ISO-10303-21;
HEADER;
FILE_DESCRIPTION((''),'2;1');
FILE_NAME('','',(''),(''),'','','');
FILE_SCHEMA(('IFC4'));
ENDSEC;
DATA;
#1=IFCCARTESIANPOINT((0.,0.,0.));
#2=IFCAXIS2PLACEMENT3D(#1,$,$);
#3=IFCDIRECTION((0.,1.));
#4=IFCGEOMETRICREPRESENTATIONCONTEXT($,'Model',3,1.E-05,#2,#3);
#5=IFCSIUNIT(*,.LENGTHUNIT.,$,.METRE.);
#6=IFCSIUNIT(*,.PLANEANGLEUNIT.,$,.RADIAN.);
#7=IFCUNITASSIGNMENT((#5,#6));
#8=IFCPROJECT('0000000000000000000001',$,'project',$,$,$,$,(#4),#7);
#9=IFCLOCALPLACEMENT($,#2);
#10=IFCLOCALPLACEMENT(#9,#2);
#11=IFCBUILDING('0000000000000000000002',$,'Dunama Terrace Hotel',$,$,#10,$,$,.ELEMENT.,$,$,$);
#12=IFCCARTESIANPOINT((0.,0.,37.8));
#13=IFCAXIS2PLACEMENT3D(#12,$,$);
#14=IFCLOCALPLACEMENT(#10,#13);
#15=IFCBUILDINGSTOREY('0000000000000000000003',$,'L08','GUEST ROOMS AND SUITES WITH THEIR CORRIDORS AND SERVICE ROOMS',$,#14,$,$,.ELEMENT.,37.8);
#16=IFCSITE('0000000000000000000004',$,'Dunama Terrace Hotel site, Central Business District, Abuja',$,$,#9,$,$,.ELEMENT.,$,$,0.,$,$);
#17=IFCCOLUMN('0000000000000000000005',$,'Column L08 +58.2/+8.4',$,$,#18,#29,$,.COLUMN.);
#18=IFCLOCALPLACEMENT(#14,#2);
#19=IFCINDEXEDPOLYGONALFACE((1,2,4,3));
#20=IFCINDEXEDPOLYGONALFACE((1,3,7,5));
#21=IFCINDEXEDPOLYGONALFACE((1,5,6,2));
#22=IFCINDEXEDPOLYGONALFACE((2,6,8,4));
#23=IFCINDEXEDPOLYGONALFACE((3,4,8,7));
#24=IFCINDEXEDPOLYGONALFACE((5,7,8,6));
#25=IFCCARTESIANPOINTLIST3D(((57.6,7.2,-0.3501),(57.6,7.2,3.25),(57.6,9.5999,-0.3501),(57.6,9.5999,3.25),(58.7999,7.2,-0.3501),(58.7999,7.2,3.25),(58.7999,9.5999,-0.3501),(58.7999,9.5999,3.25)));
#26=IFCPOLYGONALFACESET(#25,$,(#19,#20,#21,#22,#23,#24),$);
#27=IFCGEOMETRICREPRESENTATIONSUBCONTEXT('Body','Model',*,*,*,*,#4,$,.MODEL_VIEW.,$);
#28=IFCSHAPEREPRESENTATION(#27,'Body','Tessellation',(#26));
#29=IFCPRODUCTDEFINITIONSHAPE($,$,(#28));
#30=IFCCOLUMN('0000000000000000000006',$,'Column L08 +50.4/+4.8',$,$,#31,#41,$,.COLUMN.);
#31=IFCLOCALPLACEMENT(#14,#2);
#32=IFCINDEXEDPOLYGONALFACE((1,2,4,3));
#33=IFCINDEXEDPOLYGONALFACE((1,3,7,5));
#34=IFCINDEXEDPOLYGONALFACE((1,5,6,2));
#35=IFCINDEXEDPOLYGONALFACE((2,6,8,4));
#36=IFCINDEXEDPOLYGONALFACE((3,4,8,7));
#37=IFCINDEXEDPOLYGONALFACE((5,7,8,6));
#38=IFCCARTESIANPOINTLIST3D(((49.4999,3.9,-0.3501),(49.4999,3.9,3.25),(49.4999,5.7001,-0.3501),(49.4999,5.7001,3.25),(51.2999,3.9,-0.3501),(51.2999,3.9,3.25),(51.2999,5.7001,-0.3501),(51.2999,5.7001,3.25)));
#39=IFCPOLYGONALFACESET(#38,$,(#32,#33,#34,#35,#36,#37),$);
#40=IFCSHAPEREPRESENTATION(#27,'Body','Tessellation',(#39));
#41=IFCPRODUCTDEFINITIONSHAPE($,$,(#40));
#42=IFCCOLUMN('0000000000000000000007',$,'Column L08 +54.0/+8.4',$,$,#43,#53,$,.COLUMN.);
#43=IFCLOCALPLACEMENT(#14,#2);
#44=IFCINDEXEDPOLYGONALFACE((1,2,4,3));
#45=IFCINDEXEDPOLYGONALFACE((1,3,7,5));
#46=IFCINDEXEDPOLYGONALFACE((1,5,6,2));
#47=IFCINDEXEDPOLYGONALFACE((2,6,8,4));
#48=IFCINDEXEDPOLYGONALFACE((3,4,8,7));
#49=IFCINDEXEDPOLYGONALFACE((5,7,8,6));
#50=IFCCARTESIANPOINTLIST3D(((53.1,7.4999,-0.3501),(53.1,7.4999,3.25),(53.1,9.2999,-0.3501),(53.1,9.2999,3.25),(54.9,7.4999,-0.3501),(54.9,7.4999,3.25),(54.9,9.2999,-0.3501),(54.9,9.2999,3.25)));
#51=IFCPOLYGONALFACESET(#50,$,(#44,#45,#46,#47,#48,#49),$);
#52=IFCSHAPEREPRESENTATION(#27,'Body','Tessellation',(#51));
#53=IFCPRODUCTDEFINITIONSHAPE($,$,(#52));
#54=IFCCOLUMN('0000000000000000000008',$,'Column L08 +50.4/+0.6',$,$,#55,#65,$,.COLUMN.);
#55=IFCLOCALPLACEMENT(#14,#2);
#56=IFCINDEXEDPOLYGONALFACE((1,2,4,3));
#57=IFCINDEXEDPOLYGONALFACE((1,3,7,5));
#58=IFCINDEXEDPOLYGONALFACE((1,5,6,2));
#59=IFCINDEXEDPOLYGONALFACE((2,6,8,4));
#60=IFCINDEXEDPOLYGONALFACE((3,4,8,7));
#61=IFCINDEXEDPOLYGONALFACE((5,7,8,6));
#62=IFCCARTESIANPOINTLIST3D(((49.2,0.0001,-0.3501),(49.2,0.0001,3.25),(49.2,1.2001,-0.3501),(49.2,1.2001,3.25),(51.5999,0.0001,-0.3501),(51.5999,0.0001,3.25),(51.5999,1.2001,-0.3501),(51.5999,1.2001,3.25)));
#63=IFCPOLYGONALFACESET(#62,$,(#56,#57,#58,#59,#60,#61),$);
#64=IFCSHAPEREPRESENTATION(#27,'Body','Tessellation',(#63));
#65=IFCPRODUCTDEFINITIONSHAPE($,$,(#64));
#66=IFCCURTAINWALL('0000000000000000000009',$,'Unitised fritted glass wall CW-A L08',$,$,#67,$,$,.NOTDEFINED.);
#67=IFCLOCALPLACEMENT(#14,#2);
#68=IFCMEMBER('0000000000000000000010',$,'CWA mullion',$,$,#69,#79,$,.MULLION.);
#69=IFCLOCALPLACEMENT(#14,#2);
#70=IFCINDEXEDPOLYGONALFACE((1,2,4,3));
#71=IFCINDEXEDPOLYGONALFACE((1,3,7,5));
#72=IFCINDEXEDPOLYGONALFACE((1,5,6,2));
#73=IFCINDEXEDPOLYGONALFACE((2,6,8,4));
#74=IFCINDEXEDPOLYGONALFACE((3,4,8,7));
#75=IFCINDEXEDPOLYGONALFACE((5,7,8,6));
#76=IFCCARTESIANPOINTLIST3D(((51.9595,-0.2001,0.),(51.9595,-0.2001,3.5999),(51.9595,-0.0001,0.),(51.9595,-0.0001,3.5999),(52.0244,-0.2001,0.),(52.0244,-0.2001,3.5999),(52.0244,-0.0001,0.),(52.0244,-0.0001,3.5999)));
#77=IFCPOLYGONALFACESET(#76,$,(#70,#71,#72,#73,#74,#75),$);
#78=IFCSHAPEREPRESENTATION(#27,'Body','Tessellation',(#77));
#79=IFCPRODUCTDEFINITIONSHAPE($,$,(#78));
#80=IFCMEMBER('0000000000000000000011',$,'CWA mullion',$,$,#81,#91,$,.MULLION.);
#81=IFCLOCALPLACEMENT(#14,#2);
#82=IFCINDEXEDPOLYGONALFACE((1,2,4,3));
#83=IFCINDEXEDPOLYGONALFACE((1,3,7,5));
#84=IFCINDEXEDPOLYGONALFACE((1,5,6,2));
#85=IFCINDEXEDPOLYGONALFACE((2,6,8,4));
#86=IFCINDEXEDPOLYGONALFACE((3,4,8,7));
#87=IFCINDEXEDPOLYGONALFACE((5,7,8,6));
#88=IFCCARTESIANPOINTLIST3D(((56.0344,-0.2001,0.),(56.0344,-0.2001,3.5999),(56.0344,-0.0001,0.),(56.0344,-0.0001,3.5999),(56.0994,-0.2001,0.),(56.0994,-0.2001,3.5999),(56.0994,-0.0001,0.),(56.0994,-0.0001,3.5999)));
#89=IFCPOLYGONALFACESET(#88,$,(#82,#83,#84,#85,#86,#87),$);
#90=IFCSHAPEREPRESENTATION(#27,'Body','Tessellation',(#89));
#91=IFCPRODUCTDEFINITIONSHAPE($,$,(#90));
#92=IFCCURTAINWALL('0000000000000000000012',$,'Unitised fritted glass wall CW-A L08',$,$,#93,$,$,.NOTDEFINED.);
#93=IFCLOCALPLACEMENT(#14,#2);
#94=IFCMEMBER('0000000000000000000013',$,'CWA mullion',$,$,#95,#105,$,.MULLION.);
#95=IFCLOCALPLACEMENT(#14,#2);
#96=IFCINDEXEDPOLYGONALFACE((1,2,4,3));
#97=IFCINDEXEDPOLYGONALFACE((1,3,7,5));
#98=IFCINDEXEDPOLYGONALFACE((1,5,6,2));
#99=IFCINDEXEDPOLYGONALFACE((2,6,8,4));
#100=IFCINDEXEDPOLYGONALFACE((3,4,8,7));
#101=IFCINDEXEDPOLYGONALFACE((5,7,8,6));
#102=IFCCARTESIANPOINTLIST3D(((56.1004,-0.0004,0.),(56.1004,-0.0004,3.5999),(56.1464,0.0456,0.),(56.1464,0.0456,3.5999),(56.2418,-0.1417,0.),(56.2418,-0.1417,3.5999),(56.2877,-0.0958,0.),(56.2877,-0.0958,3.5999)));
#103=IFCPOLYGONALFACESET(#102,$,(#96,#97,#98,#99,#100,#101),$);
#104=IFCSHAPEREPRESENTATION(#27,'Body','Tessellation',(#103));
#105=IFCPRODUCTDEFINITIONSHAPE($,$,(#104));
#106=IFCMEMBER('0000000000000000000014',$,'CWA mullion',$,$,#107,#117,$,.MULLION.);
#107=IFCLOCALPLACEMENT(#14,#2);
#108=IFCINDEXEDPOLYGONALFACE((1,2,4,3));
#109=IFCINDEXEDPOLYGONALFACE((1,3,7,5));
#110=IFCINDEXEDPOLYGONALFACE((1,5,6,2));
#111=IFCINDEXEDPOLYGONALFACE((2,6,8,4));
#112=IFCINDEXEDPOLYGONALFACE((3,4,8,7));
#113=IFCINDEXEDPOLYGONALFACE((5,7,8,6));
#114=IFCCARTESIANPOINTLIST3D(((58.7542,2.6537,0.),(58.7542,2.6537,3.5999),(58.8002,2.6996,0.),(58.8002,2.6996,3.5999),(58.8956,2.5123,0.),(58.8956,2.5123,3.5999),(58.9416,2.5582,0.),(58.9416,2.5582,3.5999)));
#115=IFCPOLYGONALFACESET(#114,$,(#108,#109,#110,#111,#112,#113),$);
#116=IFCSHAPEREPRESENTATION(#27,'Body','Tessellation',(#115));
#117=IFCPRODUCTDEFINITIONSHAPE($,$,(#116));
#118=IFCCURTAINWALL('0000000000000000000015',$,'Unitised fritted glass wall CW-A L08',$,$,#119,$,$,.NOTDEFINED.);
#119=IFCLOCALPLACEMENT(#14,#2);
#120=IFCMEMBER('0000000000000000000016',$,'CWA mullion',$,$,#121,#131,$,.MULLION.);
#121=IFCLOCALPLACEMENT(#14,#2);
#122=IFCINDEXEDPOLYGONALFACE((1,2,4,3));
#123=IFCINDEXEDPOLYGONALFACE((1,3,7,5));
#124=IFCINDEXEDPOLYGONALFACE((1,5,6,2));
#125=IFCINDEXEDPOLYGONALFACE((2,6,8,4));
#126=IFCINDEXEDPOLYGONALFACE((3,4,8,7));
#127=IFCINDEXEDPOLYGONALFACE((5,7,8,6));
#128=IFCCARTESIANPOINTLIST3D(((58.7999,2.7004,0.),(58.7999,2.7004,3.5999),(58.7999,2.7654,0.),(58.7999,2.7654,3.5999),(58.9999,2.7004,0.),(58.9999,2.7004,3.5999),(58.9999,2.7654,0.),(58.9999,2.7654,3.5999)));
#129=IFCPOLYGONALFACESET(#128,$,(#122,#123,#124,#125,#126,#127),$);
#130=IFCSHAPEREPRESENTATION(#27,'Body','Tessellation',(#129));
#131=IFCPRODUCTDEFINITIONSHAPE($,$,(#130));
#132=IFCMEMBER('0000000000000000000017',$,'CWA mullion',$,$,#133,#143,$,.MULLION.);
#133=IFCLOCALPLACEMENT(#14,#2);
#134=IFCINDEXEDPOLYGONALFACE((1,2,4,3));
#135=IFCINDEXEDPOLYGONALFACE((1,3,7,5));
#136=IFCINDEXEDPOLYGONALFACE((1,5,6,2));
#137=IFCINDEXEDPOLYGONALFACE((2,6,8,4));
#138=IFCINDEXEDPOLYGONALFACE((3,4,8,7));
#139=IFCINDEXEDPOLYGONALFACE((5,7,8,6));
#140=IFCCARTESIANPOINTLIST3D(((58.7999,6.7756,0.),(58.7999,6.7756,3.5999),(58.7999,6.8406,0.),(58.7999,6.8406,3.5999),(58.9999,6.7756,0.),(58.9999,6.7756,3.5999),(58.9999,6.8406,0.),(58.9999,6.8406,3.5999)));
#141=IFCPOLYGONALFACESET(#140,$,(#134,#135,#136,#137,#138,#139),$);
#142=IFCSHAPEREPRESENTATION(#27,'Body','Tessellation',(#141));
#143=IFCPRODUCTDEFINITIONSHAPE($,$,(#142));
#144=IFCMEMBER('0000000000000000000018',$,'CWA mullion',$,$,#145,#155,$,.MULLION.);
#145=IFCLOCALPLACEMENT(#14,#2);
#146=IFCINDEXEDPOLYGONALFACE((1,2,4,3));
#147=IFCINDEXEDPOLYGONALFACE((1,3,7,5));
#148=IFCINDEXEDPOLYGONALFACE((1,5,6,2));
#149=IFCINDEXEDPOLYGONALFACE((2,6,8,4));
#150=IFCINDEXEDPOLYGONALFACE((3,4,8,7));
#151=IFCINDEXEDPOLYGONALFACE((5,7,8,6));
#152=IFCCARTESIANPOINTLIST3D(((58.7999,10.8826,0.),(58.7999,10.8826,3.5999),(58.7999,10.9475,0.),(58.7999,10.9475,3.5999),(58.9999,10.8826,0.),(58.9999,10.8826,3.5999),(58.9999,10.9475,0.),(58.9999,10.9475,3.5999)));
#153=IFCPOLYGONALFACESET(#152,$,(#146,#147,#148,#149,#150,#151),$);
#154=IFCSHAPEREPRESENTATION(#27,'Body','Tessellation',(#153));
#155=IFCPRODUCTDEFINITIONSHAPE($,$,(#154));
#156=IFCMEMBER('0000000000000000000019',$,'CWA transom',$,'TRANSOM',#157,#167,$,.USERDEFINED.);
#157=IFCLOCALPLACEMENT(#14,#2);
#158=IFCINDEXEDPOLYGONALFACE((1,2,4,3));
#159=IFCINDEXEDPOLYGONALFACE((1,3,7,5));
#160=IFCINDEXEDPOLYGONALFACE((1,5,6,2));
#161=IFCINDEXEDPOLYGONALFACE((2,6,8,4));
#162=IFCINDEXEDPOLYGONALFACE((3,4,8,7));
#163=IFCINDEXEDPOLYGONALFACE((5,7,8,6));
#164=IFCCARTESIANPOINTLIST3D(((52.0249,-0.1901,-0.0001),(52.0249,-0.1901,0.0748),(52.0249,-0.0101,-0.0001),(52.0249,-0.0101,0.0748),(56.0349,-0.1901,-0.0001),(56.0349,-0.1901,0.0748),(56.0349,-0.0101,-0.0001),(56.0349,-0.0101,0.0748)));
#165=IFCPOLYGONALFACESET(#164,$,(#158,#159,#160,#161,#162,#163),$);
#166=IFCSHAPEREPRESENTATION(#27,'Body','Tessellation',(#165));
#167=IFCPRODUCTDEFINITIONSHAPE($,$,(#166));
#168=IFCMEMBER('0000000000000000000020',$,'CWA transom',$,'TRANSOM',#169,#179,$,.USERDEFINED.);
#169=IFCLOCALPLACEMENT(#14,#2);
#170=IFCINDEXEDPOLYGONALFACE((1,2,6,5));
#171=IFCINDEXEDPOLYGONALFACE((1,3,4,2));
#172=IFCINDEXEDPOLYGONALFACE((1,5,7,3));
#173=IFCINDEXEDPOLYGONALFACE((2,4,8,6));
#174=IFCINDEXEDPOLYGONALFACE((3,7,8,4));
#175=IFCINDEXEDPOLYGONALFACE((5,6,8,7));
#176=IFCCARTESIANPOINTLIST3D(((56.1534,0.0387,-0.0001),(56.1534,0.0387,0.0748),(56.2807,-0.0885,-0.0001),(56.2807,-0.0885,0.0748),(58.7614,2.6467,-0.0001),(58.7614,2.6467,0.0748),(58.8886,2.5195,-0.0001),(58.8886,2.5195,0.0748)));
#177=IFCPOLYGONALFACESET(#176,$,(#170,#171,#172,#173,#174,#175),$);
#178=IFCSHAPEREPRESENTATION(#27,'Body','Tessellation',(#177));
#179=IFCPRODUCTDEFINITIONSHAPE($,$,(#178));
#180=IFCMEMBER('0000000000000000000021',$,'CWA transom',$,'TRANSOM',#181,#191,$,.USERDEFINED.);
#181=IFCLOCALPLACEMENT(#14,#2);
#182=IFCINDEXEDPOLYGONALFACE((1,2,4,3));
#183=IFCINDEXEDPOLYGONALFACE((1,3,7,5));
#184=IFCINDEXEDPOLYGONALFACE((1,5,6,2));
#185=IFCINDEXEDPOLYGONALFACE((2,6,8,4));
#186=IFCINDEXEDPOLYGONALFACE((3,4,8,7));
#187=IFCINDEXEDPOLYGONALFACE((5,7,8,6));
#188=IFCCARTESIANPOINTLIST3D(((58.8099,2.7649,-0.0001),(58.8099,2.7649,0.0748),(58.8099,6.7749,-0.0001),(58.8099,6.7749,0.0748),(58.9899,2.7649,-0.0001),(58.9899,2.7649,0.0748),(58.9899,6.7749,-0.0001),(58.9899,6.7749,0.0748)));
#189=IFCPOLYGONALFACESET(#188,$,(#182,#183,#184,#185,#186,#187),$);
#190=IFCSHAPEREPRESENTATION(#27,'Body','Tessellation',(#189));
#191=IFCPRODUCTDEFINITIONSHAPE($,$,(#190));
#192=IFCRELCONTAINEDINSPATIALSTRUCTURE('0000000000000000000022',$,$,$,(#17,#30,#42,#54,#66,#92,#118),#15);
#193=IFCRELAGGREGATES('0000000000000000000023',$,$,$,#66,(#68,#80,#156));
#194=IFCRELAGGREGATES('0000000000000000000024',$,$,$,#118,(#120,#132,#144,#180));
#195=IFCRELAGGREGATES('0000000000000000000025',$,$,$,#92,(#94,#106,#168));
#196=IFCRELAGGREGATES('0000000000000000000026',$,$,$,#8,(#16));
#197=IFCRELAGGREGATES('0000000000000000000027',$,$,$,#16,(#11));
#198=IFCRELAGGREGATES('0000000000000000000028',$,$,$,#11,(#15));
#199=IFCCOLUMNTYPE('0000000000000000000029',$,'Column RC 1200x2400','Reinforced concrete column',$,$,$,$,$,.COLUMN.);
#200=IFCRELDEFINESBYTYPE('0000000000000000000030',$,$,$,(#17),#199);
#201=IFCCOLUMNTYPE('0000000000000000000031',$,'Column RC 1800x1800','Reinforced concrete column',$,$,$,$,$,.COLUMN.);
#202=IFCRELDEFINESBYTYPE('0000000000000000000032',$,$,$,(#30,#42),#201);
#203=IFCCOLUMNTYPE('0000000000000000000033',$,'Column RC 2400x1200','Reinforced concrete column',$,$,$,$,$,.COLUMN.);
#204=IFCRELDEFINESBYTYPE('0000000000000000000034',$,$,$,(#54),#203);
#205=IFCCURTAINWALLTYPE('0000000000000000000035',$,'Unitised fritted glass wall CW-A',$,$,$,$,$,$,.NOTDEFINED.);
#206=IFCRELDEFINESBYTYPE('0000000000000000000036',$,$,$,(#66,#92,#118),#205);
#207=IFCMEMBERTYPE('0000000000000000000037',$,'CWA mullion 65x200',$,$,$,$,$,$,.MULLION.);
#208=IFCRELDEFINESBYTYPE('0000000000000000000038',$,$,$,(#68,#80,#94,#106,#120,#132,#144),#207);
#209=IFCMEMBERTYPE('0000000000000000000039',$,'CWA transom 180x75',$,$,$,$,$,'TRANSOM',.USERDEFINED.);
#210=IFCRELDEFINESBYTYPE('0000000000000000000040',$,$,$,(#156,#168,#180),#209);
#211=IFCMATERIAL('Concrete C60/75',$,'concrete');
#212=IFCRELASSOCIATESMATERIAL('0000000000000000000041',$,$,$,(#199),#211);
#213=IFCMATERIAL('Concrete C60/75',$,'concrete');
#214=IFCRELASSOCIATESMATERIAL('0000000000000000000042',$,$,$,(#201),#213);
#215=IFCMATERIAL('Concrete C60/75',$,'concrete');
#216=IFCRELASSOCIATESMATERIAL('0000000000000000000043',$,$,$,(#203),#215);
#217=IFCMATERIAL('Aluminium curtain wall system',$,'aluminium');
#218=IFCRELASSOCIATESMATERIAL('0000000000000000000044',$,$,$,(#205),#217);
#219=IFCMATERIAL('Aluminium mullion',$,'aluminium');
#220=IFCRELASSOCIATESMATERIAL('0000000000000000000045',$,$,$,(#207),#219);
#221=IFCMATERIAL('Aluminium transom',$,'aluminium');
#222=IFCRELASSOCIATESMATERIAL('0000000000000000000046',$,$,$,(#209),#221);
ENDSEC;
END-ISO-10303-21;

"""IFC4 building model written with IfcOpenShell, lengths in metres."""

from ifc_helpers import new_model, si_unit, direction, frame, origin, origin_2d, place, context, subcontext, project, spatial, rectangle, extrude, material, material_profile, profile_set, type_object, element, aggregate, save


model = new_model("IFC4")

# Units and contexts
model_context = context("Model", 3, precision=1e-05, world=origin(), true_north=direction((0.0, 1.0)))
body_context = subcontext(model_context, "Body", "Model", "MODEL_VIEW")
ifc_project = project(units=[si_unit("LENGTHUNIT", "METRE"), si_unit("PLANEANGLEUNIT", "RADIAN")], contexts=[model_context])

# Site, building, storey
site_placement = place(None, origin())
site = spatial("IfcSite", under=ifc_project, at=site_placement, Name="Dunama Terrace Hotel site, Central Business District, Abuja", CompositionType="ELEMENT", RefElevation=0.0)
building_placement = place(site_placement, origin())
building = spatial("IfcBuilding", under=site, at=building_placement, Name="Dunama Terrace Hotel", CompositionType="ELEMENT")
storey_placement = place(building_placement, frame((0.0, 0.0, 37.8)))
storey = spatial("IfcBuildingStorey", under=building, at=storey_placement, Name="L08", Description="GUEST ROOMS AND SUITES WITH THEIR CORRIDORS AND SERVICE ROOMS", CompositionType="ELEMENT", Elevation=37.8)

# Columns
ifc_material_1 = material(Name="Concrete C60/75", Category="concrete")
ifc_material_profile_1 = material_profile(ifc_material_1, rectangle(XDim=1.2, YDim=2.3999, at=origin_2d()), Name="RC 1200x2400")
ifc_profile_set_1 = profile_set([ifc_material_profile_1], Name="Concrete C60/75")
column_type_1 = type_object("IfcColumnType", Name="Column RC 1200x2400", Description="Reinforced concrete column", PredefinedType="COLUMN", material=ifc_profile_set_1)
column_1_placement = place(storey_placement, frame((58.2, 8.3999, -0.3501), z_axis=(0.0, 0.0, 1.0), x_axis=(1.0, 0.0, 0.0)))
element("IfcColumn", 1, at=column_1_placement, inside=storey, type_object=column_type_1, Name="Column L08 +58.2/+8.4", PredefinedType="COLUMN", context=body_context, shape_type="SweptSolid", body=[
    extrude(rectangle(XDim=1.2, YDim=2.3999, at=origin_2d()), origin(), (0.0, 0.0, 1.0), 3.6001),
])
ifc_material_2 = material(Name="Concrete C60/75", Category="concrete")
ifc_material_profile_2 = material_profile(ifc_material_2, rectangle(XDim=1.8, YDim=1.8, at=origin_2d()), Name="RC 1800x1800")
ifc_profile_set_2 = profile_set([ifc_material_profile_2], Name="Concrete C60/75")
column_type_2 = type_object("IfcColumnType", Name="Column RC 1800x1800", Description="Reinforced concrete column", PredefinedType="COLUMN", material=ifc_profile_set_2)
for number, where, z_axis, x_axis, name in (
    (2, (50.3999, 4.8, -0.3501), (0.0, 0.0, 1.0), (1.0, 0.0, 0.0), "Column L08 +50.4/+4.8"),
    (3, (54.0, 8.3999, -0.3501), (0.0, 0.0, 1.0), (1.0, 0.0, 0.0), "Column L08 +54.0/+8.4"),
):
    element("IfcColumn", number, at=place(storey_placement, frame(where, z_axis=z_axis, x_axis=x_axis)), inside=storey, type_object=column_type_2, Name=name, PredefinedType="COLUMN", context=body_context, shape_type="SweptSolid", body=[
        extrude(rectangle(XDim=1.8, YDim=1.8, at=origin_2d()), origin(), (0.0, 0.0, 1.0), 3.6001),
    ])
ifc_material_3 = material(Name="Concrete C60/75", Category="concrete")
ifc_material_profile_3 = material_profile(ifc_material_3, rectangle(XDim=2.3999, YDim=1.2, at=origin_2d()), Name="RC 2400x1200")
ifc_profile_set_3 = profile_set([ifc_material_profile_3], Name="Concrete C60/75")
column_type_3 = type_object("IfcColumnType", Name="Column RC 2400x1200", Description="Reinforced concrete column", PredefinedType="COLUMN", material=ifc_profile_set_3)
column_2_placement = place(storey_placement, frame((50.3999, 0.6001, -0.3501), z_axis=(0.0, 0.0, 1.0), x_axis=(1.0, 0.0, 0.0)))
element("IfcColumn", 4, at=column_2_placement, inside=storey, type_object=column_type_3, Name="Column L08 +50.4/+0.6", PredefinedType="COLUMN", context=body_context, shape_type="SweptSolid", body=[
    extrude(rectangle(XDim=2.3999, YDim=1.2, at=origin_2d()), origin(), (0.0, 0.0, 1.0), 3.6001),
])

# Curtain walls, members
ifc_material_4 = material(Name="Aluminium curtain wall system", Category="aluminium")
curtain_wall_type = type_object("IfcCurtainWallType", Name="Unitised fritted glass wall CW-A", PredefinedType="NOTDEFINED", material=ifc_material_4)
curtain_wall_1_placement = place(storey_placement, origin())
curtain_wall_1 = element("IfcCurtainWall", 5, at=curtain_wall_1_placement, inside=storey, type_object=curtain_wall_type, Name="Unitised fritted glass wall CW-A L08", PredefinedType="NOTDEFINED")
ifc_material_5 = material(Name="Aluminium mullion", Category="aluminium")
ifc_material_profile_4 = material_profile(ifc_material_5, rectangle(XDim=0.0649, YDim=0.2, at=origin_2d()), Name="CWA MULLION 65X200")
ifc_profile_set_4 = profile_set([ifc_material_profile_4], Name="Aluminium mullion")
member_type_1 = type_object("IfcMemberType", Name="CWA mullion 65x200", PredefinedType="MULLION", material=ifc_profile_set_4)
member_1_placement = place(storey_placement, frame((51.9919, -0.1001, 0.0), z_axis=(0.0, 0.0, 1.0), x_axis=(1.0, 0.0, 0.0)))
member_1 = element("IfcMember", 6, at=member_1_placement, type_object=member_type_1, Name="CWA mullion", PredefinedType="MULLION", context=body_context, shape_type="SweptSolid", body=[
    extrude(rectangle(XDim=0.0649, YDim=0.2, at=origin_2d()), origin(), (0.0, 0.0, 1.0), 3.5999),
])
member_2_placement = place(storey_placement, frame((56.0669, -0.1001, 0.0), z_axis=(0.0, 0.0, 1.0), x_axis=(1.0, 0.0, 0.0)))
member_2 = element("IfcMember", 7, at=member_2_placement, type_object=member_type_1, Name="CWA mullion", PredefinedType="MULLION", context=body_context, shape_type="SweptSolid", body=[
    extrude(rectangle(XDim=0.0649, YDim=0.2, at=origin_2d()), origin(), (0.0, 0.0, 1.0), 3.5999),
])
curtain_wall_2_placement = place(storey_placement, origin())
curtain_wall_2 = element("IfcCurtainWall", 8, at=curtain_wall_2_placement, inside=storey, type_object=curtain_wall_type, Name="Unitised fritted glass wall CW-A L08", PredefinedType="NOTDEFINED")
member_3_placement = place(storey_placement, frame((56.1941, -0.0481, 0.0), z_axis=(0.0, 0.0, 1.0), x_axis=(0.707107, 0.707107, 0.0)))
member_3 = element("IfcMember", 9, at=member_3_placement, type_object=member_type_1, Name="CWA mullion", PredefinedType="MULLION", context=body_context, shape_type="SweptSolid", body=[
    extrude(rectangle(XDim=0.0649, YDim=0.2, at=origin_2d()), origin(), (0.0, 0.0, 1.0), 3.5999),
])
member_4_placement = place(storey_placement, frame((58.8479, 2.606, 0.0), z_axis=(0.0, 0.0, 1.0), x_axis=(0.707107, 0.707107, 0.0)))
member_4 = element("IfcMember", 10, at=member_4_placement, type_object=member_type_1, Name="CWA mullion", PredefinedType="MULLION", context=body_context, shape_type="SweptSolid", body=[
    extrude(rectangle(XDim=0.0649, YDim=0.2, at=origin_2d()), origin(), (0.0, 0.0, 1.0), 3.5999),
])
curtain_wall_3_placement = place(storey_placement, origin())
curtain_wall_3 = element("IfcCurtainWall", 11, at=curtain_wall_3_placement, inside=storey, type_object=curtain_wall_type, Name="Unitised fritted glass wall CW-A L08", PredefinedType="NOTDEFINED")
member_5_placement = place(storey_placement, frame((58.8999, 2.7329, 0.0), z_axis=(0.0, 0.0, 1.0), x_axis=(0.0, 1.0, 0.0)))
member_5 = element("IfcMember", 12, at=member_5_placement, type_object=member_type_1, Name="CWA mullion", PredefinedType="MULLION", context=body_context, shape_type="SweptSolid", body=[
    extrude(rectangle(XDim=0.0649, YDim=0.2, at=origin_2d()), origin(), (0.0, 0.0, 1.0), 3.5999),
])
member_6_placement = place(storey_placement, frame((58.8999, 6.8081, 0.0), z_axis=(0.0, 0.0, 1.0), x_axis=(0.0, 1.0, 0.0)))
member_6 = element("IfcMember", 13, at=member_6_placement, type_object=member_type_1, Name="CWA mullion", PredefinedType="MULLION", context=body_context, shape_type="SweptSolid", body=[
    extrude(rectangle(XDim=0.0649, YDim=0.2, at=origin_2d()), origin(), (0.0, 0.0, 1.0), 3.5999),
])
member_7_placement = place(storey_placement, frame((58.8999, 10.915, 0.0), z_axis=(0.0, 0.0, 1.0), x_axis=(0.0, 1.0, 0.0)))
member_7 = element("IfcMember", 14, at=member_7_placement, type_object=member_type_1, Name="CWA mullion", PredefinedType="MULLION", context=body_context, shape_type="SweptSolid", body=[
    extrude(rectangle(XDim=0.0649, YDim=0.2, at=origin_2d()), origin(), (0.0, 0.0, 1.0), 3.5999),
])

# Members
ifc_material_6 = material(Name="Aluminium transom", Category="aluminium")
ifc_material_profile_5 = material_profile(ifc_material_6, rectangle(XDim=0.1799, YDim=0.075, at=origin_2d()), Name="CWA TRANSOM 180X75")
ifc_profile_set_5 = profile_set([ifc_material_profile_5], Name="Aluminium transom")
member_type_2 = type_object("IfcMemberType", Name="CWA transom 180x75", ElementType="TRANSOM", PredefinedType="USERDEFINED", material=ifc_profile_set_5)
member_8_placement = place(storey_placement, frame((52.0249, -0.1001, 0.0374), z_axis=(1.0, 0.0, 0.0), x_axis=(0.0, 1.0, 0.0)))
member_8 = element("IfcMember", 15, at=member_8_placement, type_object=member_type_2, Name="CWA transom", ObjectType="TRANSOM", PredefinedType="USERDEFINED", context=body_context, shape_type="SweptSolid", body=[
    extrude(rectangle(XDim=0.1799, YDim=0.075, at=origin_2d()), origin(), (0.0, 0.0, 1.0), 4.01),
])
member_9_placement = place(storey_placement, frame((56.217, -0.0249, 0.0374), z_axis=(0.707107, 0.707107, 0.0), x_axis=(-0.707107, 0.707107, 0.0)))
member_9 = element("IfcMember", 16, at=member_9_placement, type_object=member_type_2, Name="CWA transom", ObjectType="TRANSOM", PredefinedType="USERDEFINED", context=body_context, shape_type="SweptSolid", body=[
    extrude(rectangle(XDim=0.1799, YDim=0.075, at=origin_2d()), origin(), (0.0, 0.0, 1.0), 3.6882),
])
member_10_placement = place(storey_placement, frame((58.8999, 2.7649, 0.0374), z_axis=(0.0, 1.0, 0.0), x_axis=(-1.0, 0.0, 0.0)))
member_10 = element("IfcMember", 17, at=member_10_placement, type_object=member_type_2, Name="CWA transom", ObjectType="TRANSOM", PredefinedType="USERDEFINED", context=body_context, shape_type="SweptSolid", body=[
    extrude(rectangle(XDim=0.1799, YDim=0.075, at=origin_2d()), origin(), (0.0, 0.0, 1.0), 4.01),
])

aggregate(curtain_wall_1, [member_1, member_2, member_8])
aggregate(curtain_wall_3, [member_5, member_6, member_7, member_10])
aggregate(curtain_wall_2, [member_3, member_4, member_9])

save(model, "model.ifc")
